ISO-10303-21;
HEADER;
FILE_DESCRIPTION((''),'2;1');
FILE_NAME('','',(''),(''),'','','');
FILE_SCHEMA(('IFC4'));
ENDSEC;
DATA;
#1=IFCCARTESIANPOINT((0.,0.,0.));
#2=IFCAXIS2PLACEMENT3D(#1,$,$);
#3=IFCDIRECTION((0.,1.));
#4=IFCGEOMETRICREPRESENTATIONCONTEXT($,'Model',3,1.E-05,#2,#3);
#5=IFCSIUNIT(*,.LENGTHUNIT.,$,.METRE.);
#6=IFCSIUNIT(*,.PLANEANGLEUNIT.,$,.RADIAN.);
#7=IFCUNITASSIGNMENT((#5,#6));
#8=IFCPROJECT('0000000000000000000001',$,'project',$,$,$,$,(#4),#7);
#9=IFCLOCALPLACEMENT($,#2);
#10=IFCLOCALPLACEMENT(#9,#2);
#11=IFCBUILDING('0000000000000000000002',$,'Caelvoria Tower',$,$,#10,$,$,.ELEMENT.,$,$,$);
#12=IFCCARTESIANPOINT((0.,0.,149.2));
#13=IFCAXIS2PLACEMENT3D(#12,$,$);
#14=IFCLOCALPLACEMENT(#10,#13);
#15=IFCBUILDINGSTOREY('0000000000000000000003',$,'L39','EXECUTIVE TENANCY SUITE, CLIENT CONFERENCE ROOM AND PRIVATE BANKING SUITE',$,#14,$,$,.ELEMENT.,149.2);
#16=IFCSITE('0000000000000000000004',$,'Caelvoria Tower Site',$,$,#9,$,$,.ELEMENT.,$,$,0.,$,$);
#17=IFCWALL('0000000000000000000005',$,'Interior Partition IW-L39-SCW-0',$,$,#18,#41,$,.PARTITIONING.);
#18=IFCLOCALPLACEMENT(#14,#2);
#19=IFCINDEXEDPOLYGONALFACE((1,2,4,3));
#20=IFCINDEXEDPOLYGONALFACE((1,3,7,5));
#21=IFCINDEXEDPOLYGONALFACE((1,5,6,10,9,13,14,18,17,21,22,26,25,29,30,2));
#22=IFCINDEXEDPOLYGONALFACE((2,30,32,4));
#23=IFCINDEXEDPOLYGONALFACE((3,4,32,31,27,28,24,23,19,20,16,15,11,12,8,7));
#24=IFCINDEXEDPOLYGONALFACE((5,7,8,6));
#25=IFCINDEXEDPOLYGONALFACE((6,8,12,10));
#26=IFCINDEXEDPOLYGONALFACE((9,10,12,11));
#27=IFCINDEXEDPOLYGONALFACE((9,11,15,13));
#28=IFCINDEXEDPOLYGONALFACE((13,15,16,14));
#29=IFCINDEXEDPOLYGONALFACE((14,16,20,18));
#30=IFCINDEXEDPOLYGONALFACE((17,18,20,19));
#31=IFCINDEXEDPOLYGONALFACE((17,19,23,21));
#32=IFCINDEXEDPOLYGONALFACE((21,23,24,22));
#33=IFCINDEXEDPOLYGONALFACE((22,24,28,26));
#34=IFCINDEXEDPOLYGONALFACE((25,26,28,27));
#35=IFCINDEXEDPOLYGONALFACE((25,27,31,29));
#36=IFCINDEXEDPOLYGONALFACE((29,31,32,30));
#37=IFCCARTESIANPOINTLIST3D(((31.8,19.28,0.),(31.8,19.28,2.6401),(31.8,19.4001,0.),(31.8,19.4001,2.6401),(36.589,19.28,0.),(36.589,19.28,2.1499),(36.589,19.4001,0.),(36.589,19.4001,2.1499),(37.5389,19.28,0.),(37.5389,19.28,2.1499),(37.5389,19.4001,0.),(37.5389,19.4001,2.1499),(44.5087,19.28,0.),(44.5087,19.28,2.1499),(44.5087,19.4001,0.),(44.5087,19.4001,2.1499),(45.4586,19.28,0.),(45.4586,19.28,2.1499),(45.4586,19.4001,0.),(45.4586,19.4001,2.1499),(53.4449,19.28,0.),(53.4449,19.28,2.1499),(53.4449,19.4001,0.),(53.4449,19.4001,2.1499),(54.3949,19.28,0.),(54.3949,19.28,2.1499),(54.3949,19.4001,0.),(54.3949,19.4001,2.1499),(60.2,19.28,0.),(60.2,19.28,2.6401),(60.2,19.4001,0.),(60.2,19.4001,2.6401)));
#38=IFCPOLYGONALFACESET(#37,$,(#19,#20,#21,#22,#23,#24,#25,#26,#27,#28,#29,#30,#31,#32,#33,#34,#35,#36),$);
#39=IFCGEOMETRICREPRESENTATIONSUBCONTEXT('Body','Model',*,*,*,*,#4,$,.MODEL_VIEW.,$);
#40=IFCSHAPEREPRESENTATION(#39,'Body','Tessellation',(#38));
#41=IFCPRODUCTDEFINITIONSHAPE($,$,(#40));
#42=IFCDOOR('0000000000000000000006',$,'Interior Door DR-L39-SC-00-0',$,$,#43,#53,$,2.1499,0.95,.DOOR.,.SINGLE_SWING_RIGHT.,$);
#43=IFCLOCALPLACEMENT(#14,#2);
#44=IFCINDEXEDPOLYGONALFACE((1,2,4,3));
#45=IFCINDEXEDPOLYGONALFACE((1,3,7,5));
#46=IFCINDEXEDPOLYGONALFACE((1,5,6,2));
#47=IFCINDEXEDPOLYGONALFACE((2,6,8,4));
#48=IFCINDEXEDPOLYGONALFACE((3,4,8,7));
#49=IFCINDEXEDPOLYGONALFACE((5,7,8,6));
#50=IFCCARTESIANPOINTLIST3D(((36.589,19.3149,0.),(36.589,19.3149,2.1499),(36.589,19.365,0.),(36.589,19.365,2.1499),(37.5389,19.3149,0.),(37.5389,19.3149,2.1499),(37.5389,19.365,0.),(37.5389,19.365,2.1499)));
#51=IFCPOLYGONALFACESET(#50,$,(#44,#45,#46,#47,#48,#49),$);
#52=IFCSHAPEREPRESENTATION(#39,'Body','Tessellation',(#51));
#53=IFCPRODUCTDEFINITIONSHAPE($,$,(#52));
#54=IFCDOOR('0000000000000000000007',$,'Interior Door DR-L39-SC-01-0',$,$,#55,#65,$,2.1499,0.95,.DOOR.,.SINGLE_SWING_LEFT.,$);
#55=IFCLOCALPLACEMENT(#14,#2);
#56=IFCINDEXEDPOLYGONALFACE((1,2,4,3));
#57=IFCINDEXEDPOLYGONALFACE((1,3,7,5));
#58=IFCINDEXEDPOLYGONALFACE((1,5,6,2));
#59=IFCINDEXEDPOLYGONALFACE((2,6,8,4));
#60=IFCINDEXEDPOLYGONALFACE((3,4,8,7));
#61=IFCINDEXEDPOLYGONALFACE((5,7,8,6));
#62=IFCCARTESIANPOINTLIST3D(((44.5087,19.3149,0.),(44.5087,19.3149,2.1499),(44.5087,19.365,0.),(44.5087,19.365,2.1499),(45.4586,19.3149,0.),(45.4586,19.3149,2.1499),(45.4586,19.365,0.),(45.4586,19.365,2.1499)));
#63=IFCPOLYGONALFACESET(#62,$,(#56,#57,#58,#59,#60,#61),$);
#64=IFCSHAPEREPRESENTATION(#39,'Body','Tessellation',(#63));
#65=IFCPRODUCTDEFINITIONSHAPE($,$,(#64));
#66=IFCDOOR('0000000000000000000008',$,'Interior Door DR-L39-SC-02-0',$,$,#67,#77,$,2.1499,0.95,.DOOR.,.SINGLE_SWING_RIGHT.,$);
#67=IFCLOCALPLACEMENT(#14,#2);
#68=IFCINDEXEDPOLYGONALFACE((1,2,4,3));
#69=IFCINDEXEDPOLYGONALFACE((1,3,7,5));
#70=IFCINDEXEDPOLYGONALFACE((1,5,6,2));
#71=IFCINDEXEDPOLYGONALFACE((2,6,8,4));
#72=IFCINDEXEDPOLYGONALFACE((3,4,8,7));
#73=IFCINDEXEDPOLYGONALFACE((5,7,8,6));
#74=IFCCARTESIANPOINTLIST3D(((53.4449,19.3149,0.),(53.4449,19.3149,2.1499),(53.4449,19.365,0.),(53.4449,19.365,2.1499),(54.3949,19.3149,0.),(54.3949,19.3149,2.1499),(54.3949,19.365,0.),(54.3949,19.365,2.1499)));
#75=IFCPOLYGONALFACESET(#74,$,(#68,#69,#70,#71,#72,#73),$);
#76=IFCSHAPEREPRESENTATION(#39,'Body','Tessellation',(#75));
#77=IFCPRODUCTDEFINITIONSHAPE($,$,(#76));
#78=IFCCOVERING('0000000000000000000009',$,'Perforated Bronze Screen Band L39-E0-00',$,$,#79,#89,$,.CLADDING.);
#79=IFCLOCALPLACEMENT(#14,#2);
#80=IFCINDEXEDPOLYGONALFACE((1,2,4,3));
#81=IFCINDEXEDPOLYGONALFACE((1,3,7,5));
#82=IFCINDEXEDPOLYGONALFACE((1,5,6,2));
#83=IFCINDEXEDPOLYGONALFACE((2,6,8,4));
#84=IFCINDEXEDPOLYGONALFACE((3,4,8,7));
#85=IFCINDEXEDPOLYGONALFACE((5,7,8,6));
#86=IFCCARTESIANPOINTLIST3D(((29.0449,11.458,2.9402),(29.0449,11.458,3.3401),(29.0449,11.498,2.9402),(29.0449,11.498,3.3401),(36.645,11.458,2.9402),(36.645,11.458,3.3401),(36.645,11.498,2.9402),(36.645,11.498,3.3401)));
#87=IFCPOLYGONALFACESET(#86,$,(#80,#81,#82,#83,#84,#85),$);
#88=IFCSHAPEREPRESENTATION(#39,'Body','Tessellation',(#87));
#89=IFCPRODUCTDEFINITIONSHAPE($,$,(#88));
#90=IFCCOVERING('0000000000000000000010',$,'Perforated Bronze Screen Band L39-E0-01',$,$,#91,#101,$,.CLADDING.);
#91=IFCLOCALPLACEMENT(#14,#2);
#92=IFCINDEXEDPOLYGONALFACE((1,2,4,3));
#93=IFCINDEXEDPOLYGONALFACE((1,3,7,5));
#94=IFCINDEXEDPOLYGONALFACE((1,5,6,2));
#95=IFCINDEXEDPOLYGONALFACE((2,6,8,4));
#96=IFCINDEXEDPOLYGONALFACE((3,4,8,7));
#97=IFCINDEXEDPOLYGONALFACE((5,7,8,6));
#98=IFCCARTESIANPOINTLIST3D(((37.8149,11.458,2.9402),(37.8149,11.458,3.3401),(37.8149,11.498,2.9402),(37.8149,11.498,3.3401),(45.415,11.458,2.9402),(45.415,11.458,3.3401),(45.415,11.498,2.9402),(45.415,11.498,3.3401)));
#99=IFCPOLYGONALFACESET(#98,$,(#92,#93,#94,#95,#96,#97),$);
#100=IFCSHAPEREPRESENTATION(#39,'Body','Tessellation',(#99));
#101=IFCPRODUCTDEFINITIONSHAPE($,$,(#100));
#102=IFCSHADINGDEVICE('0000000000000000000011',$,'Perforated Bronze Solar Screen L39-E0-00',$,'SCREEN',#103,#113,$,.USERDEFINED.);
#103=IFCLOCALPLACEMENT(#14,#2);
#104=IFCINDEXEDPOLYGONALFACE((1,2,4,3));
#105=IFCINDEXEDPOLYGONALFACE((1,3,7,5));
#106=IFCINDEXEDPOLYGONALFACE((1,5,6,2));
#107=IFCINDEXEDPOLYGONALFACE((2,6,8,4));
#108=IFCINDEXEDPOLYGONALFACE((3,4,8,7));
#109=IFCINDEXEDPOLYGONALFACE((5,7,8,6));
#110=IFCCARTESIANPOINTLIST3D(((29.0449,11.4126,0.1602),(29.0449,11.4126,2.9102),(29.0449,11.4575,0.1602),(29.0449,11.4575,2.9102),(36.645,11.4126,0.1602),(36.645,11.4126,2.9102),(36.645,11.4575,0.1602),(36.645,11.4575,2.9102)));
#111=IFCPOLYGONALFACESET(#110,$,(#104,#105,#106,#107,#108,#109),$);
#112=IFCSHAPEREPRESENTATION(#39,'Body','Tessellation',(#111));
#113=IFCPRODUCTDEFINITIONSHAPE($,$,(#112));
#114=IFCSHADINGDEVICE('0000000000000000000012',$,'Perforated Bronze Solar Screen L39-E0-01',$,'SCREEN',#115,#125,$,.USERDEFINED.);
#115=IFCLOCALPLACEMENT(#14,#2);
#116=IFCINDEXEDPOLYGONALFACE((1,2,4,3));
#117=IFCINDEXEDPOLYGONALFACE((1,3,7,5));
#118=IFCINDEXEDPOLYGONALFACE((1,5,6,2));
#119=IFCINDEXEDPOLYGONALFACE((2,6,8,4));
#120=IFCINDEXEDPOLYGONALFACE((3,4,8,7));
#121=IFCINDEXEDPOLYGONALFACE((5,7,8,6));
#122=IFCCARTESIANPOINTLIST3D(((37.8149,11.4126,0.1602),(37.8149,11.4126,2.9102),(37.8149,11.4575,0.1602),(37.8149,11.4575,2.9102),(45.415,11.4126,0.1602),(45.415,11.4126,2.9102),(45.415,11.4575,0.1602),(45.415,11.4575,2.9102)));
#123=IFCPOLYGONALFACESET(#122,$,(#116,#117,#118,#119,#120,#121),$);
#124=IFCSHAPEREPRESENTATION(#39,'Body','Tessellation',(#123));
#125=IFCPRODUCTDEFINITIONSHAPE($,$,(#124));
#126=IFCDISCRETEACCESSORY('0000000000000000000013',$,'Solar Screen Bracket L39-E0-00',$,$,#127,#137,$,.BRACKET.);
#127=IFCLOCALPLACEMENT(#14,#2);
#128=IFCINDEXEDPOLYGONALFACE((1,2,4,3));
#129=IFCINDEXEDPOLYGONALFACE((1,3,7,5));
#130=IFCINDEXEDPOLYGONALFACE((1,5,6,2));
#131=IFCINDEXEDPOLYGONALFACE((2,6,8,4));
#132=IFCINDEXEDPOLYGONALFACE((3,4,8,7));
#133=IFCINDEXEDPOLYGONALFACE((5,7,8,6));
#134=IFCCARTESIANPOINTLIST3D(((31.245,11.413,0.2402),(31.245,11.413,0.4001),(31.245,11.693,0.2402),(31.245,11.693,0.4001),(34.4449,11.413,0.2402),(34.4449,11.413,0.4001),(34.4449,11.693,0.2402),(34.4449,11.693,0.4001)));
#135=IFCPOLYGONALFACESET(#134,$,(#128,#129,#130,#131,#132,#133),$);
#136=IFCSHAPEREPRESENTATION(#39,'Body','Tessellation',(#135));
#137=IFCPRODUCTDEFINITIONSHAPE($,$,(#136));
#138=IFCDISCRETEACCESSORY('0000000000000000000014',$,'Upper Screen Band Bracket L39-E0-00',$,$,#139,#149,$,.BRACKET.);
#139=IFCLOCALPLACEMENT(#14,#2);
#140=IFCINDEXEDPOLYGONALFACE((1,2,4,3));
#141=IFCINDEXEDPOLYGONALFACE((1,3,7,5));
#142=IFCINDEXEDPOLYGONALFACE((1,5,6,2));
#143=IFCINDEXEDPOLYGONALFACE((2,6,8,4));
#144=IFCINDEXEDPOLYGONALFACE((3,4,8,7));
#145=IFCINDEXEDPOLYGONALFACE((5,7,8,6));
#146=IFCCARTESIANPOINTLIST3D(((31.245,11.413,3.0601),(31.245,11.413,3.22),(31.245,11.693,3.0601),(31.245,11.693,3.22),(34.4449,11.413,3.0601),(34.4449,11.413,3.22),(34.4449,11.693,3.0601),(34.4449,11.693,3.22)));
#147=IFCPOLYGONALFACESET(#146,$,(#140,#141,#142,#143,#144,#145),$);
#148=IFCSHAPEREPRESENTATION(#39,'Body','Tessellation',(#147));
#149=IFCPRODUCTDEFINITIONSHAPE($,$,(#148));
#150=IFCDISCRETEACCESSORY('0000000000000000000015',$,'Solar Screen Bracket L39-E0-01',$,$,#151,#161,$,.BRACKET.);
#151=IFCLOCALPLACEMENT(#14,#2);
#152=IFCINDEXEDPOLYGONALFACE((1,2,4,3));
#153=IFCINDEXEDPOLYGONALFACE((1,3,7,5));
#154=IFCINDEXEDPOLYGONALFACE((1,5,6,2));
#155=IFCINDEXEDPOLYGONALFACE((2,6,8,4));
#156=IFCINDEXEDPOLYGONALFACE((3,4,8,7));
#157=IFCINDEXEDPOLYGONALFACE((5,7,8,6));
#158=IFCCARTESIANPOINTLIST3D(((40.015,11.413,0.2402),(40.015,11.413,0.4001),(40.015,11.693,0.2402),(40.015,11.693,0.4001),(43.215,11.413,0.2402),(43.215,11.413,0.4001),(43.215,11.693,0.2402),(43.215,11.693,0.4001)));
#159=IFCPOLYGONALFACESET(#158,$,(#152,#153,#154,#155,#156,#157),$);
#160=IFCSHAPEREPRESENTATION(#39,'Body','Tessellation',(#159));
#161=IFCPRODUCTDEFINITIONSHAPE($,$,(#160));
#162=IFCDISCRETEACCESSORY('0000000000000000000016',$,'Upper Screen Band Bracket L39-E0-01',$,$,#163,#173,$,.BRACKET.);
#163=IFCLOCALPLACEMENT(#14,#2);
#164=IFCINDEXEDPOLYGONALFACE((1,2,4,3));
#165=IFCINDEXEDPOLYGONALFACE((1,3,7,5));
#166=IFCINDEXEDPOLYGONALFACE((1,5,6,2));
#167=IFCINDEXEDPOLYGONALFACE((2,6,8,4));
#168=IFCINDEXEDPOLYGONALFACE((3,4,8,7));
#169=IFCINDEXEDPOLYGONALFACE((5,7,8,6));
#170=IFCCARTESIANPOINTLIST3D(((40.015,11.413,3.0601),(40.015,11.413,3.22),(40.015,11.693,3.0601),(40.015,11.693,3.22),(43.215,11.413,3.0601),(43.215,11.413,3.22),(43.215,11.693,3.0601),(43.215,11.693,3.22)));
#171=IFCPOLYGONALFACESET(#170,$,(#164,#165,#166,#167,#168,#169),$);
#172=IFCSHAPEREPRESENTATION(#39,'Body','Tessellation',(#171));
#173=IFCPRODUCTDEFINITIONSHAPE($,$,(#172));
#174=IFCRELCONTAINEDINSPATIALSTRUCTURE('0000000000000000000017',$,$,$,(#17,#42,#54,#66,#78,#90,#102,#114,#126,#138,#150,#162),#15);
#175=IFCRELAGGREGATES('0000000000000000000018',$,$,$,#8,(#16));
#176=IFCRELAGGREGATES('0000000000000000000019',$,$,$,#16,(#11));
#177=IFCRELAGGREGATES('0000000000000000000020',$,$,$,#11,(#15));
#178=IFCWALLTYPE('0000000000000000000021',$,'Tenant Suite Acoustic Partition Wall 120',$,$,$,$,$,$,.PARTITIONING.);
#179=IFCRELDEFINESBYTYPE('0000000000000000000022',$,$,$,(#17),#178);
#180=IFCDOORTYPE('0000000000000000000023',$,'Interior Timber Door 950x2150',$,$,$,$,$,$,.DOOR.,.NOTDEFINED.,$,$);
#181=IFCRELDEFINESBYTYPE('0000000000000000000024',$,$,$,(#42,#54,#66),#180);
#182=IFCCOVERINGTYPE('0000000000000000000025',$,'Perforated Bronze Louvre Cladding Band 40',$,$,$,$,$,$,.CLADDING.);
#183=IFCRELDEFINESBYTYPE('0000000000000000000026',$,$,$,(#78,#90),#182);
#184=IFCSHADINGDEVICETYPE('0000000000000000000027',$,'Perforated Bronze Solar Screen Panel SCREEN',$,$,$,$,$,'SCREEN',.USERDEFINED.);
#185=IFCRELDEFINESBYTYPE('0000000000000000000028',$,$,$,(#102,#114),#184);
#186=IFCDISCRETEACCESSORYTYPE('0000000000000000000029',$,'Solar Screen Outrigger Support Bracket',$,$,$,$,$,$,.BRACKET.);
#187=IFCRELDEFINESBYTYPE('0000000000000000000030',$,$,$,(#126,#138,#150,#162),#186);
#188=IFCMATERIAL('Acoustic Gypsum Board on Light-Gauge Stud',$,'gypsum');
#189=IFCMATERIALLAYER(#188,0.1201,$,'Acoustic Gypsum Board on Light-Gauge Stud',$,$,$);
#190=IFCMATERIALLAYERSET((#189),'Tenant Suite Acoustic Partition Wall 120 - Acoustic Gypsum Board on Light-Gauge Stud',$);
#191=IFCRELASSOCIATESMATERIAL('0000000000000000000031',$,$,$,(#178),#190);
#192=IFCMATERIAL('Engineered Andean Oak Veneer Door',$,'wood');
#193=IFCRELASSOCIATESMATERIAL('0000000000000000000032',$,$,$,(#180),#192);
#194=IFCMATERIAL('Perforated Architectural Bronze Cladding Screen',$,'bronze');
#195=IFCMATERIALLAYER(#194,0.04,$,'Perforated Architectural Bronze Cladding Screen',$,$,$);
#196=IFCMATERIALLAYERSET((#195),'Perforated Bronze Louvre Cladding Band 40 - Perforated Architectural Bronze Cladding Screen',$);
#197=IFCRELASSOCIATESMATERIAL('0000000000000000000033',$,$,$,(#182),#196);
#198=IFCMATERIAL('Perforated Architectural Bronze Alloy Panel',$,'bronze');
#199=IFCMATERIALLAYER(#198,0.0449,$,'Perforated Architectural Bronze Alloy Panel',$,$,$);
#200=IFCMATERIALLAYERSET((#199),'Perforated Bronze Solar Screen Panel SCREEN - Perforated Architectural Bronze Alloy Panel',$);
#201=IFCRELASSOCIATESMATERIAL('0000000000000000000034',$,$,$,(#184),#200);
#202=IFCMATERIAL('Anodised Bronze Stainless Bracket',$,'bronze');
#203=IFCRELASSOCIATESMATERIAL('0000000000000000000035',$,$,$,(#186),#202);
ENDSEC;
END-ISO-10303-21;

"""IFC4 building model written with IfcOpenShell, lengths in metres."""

from ifc_helpers import new_model, si_unit, direction, frame, frame_2d, origin, origin_2d, place, context, subcontext, project, spatial, rectangle, extrude, material, layer, layer_set, type_object, element, fill, save


model = new_model("IFC4")

# Units and contexts
model_context = context("Model", 3, precision=1e-05, world=origin(), true_north=direction((0.0, 1.0)))
body_context = subcontext(model_context, "Body", "Model", "MODEL_VIEW")
ifc_project = project(units=[si_unit("LENGTHUNIT", "METRE"), si_unit("PLANEANGLEUNIT", "RADIAN")], contexts=[model_context])

# Site, building, storey
site_placement = place(None, origin())
site = spatial("IfcSite", under=ifc_project, at=site_placement, Name="Caelvoria Tower Site", CompositionType="ELEMENT", RefElevation=0.0)
building_placement = place(site_placement, origin())
building = spatial("IfcBuilding", under=site, at=building_placement, Name="Caelvoria Tower", CompositionType="ELEMENT")
storey_placement = place(building_placement, frame((0.0, 0.0, 149.2)))
storey = spatial("IfcBuildingStorey", under=building, at=storey_placement, Name="L39", Description="EXECUTIVE TENANCY SUITE, CLIENT CONFERENCE ROOM AND PRIVATE BANKING SUITE", CompositionType="ELEMENT", Elevation=149.2)

# Wall, openings, doors
ifc_material_1 = material(Name="Acoustic Gypsum Board on Light-Gauge Stud", Category="gypsum")
ifc_layer_1 = layer(ifc_material_1, 0.1201, Name="Acoustic Gypsum Board on Light-Gauge Stud")
ifc_layer_set_1 = layer_set([ifc_layer_1], Name="Tenant Suite Acoustic Partition Wall 120 - Acoustic Gypsum Board on Light-Gauge Stud")
wall_type = type_object("IfcWallType", Name="Tenant Suite Acoustic Partition Wall 120", PredefinedType="PARTITIONING", material=ifc_layer_set_1)
wall_placement = place(storey_placement, frame((31.8, 19.3401, 0.0), z_axis=(0.0, 0.0, 1.0), x_axis=(1.0, 0.0, 0.0)))
wall = element("IfcWall", 1, at=wall_placement, inside=storey, type_object=wall_type, Name="Interior Partition IW-L39-SCW-0", PredefinedType="PARTITIONING", context=body_context, shape_type="SweptSolid", body=[
    extrude(rectangle(XDim=28.3999, YDim=0.1201, at=frame_2d((14.2, 0.0))), origin(), (0.0, 0.0, 1.0), 2.6401),
])
opening_1_placement = place(wall_placement, frame((4.7888, 0.0, 0.0)))
opening_1 = element("IfcOpeningElement", 2, at=opening_1_placement, cuts=wall, PredefinedType="OPENING", context=body_context, shape_type="SweptSolid", body=[
    extrude(rectangle(XDim=0.95, YDim=2.1499, at=frame_2d((0.4751, 1.075))), frame((0.0, 0.0701, 0.0), z_axis=(0.0, -1.0, 0.0), x_axis=(1.0, 0.0, 0.0)), (0.0, 0.0, 1.0), 0.1401),
])
opening_2_placement = place(wall_placement, frame((12.7085, 0.0, 0.0)))
opening_2 = element("IfcOpeningElement", 3, at=opening_2_placement, cuts=wall, PredefinedType="OPENING", context=body_context, shape_type="SweptSolid", body=[
    extrude(rectangle(XDim=0.95, YDim=2.1499, at=frame_2d((0.4751, 1.075))), frame((0.0, 0.0701, 0.0), z_axis=(0.0, -1.0, 0.0), x_axis=(1.0, 0.0, 0.0)), (0.0, 0.0, 1.0), 0.1401),
])
opening_3_placement = place(wall_placement, frame((21.6448, 0.0, 0.0)))
opening_3 = element("IfcOpeningElement", 4, at=opening_3_placement, cuts=wall, PredefinedType="OPENING", context=body_context, shape_type="SweptSolid", body=[
    extrude(rectangle(XDim=0.95, YDim=2.1499, at=frame_2d((0.4751, 1.075))), frame((0.0, 0.0701, 0.0), z_axis=(0.0, -1.0, 0.0), x_axis=(1.0, 0.0, 0.0)), (0.0, 0.0, 1.0), 0.1401),
])
ifc_material_2 = material(Name="Engineered Andean Oak Veneer Door", Category="wood")
door_type = type_object("IfcDoorType", Name="Interior Timber Door 950x2150", OperationType="NOTDEFINED", PredefinedType="DOOR", material=ifc_material_2)
door_1_placement = place(opening_1_placement, origin())
door_1 = element("IfcDoor", 5, at=door_1_placement, inside=storey, type_object=door_type, Name="Interior Door DR-L39-SC-00-0", OperationType="SINGLE_SWING_RIGHT", OverallHeight=2.1499, OverallWidth=0.95, PredefinedType="DOOR", context=body_context, shape_type="SweptSolid", body=[
    extrude(rectangle(XDim=0.95, YDim=2.1499, at=frame_2d((0.4751, 1.075))), frame((0.0, 0.0249, 0.0), z_axis=(0.0, -1.0, 0.0), x_axis=(1.0, 0.0, 0.0)), (0.0, 0.0, 1.0), 0.05),
])
fill(opening_1, door_1)
door_2_placement = place(opening_2_placement, origin())
door_2 = element("IfcDoor", 6, at=door_2_placement, inside=storey, type_object=door_type, Name="Interior Door DR-L39-SC-01-0", OperationType="SINGLE_SWING_LEFT", OverallHeight=2.1499, OverallWidth=0.95, PredefinedType="DOOR", context=body_context, shape_type="SweptSolid", body=[
    extrude(rectangle(XDim=0.95, YDim=2.1499, at=frame_2d((0.4751, 1.075))), frame((0.0, 0.0249, 0.0), z_axis=(0.0, -1.0, 0.0), x_axis=(1.0, 0.0, 0.0)), (0.0, 0.0, 1.0), 0.05),
])
fill(opening_2, door_2)
door_3_placement = place(opening_3_placement, origin())
door_3 = element("IfcDoor", 7, at=door_3_placement, inside=storey, type_object=door_type, Name="Interior Door DR-L39-SC-02-0", OperationType="SINGLE_SWING_RIGHT", OverallHeight=2.1499, OverallWidth=0.95, PredefinedType="DOOR", context=body_context, shape_type="SweptSolid", body=[
    extrude(rectangle(XDim=0.95, YDim=2.1499, at=frame_2d((0.4751, 1.075))), frame((0.0, 0.0249, 0.0), z_axis=(0.0, -1.0, 0.0), x_axis=(1.0, 0.0, 0.0)), (0.0, 0.0, 1.0), 0.05),
])
fill(opening_3, door_3)

# Coverings
ifc_material_3 = material(Name="Perforated Architectural Bronze Cladding Screen", Category="bronze")
ifc_layer_2 = layer(ifc_material_3, 0.04, Name="Perforated Architectural Bronze Cladding Screen")
ifc_layer_set_2 = layer_set([ifc_layer_2], Name="Perforated Bronze Louvre Cladding Band 40 - Perforated Architectural Bronze Cladding Screen")
covering_type = type_object("IfcCoveringType", Name="Perforated Bronze Louvre Cladding Band 40", PredefinedType="CLADDING", material=ifc_layer_set_2)
for number, where, z_axis, x_axis, name in (
    (8, (32.845, 11.478, 2.9402), (0.0, 0.0, 1.0), (1.0, 0.0, 0.0), "Perforated Bronze Screen Band L39-E0-00"),
    (9, (41.615, 11.478, 2.9402), (0.0, 0.0, 1.0), (1.0, 0.0, 0.0), "Perforated Bronze Screen Band L39-E0-01"),
):
    element("IfcCovering", number, at=place(storey_placement, frame(where, z_axis=z_axis, x_axis=x_axis)), inside=storey, type_object=covering_type, Name=name, PredefinedType="CLADDING", context=body_context, shape_type="SweptSolid", body=[
        extrude(rectangle(XDim=7.6001, YDim=0.04, at=origin_2d()), origin(), (0.0, 0.0, 1.0), 0.3999),
    ])

# Shading devices
ifc_material_4 = material(Name="Perforated Architectural Bronze Alloy Panel", Category="bronze")
ifc_layer_3 = layer(ifc_material_4, 0.0449, Name="Perforated Architectural Bronze Alloy Panel")
ifc_layer_set_3 = layer_set([ifc_layer_3], Name="Perforated Bronze Solar Screen Panel SCREEN - Perforated Architectural Bronze Alloy Panel")
shading_device_type = type_object("IfcShadingDeviceType", Name="Perforated Bronze Solar Screen Panel SCREEN", ElementType="SCREEN", PredefinedType="USERDEFINED", material=ifc_layer_set_3)
for number, where, z_axis, x_axis, name in (
    (10, (32.845, 11.4351, 0.1602), (0.0, 0.0, 1.0), (1.0, 0.0, 0.0), "Perforated Bronze Solar Screen L39-E0-00"),
    (11, (41.615, 11.4351, 0.1602), (0.0, 0.0, 1.0), (1.0, 0.0, 0.0), "Perforated Bronze Solar Screen L39-E0-01"),
):
    element("IfcShadingDevice", number, at=place(storey_placement, frame(where, z_axis=z_axis, x_axis=x_axis)), inside=storey, type_object=shading_device_type, Name=name, ObjectType="SCREEN", PredefinedType="USERDEFINED", context=body_context, shape_type="SweptSolid", body=[
        extrude(rectangle(XDim=7.6001, YDim=0.0449, at=origin_2d()), origin(), (0.0, 0.0, 1.0), 2.75),
    ])

# Discrete accessories
ifc_material_5 = material(Name="Anodised Bronze Stainless Bracket", Category="bronze")
discrete_accessory_type = type_object("IfcDiscreteAccessoryType", Name="Solar Screen Outrigger Support Bracket", PredefinedType="BRACKET", material=ifc_material_5)
for number, where, z_axis, x_axis, name in (
    (12, (32.845, 11.553, 0.2402), (0.0, 0.0, 1.0), (1.0, 0.0, 0.0), "Solar Screen Bracket L39-E0-00"),
    (13, (32.845, 11.553, 3.0601), (0.0, 0.0, 1.0), (1.0, 0.0, 0.0), "Upper Screen Band Bracket L39-E0-00"),
    (14, (41.615, 11.553, 0.2402), (0.0, 0.0, 1.0), (1.0, 0.0, 0.0), "Solar Screen Bracket L39-E0-01"),
    (15, (41.615, 11.553, 3.0601), (0.0, 0.0, 1.0), (1.0, 0.0, 0.0), "Upper Screen Band Bracket L39-E0-01"),
):
    element("IfcDiscreteAccessory", number, at=place(storey_placement, frame(where, z_axis=z_axis, x_axis=x_axis)), inside=storey, type_object=discrete_accessory_type, Name=name, PredefinedType="BRACKET", context=body_context, shape_type="SweptSolid", body=[
        extrude(rectangle(XDim=3.2, YDim=0.28, at=origin_2d()), origin(), (0.0, 0.0, 1.0), 0.1599),
    ])

save(model, "model.ifc")
